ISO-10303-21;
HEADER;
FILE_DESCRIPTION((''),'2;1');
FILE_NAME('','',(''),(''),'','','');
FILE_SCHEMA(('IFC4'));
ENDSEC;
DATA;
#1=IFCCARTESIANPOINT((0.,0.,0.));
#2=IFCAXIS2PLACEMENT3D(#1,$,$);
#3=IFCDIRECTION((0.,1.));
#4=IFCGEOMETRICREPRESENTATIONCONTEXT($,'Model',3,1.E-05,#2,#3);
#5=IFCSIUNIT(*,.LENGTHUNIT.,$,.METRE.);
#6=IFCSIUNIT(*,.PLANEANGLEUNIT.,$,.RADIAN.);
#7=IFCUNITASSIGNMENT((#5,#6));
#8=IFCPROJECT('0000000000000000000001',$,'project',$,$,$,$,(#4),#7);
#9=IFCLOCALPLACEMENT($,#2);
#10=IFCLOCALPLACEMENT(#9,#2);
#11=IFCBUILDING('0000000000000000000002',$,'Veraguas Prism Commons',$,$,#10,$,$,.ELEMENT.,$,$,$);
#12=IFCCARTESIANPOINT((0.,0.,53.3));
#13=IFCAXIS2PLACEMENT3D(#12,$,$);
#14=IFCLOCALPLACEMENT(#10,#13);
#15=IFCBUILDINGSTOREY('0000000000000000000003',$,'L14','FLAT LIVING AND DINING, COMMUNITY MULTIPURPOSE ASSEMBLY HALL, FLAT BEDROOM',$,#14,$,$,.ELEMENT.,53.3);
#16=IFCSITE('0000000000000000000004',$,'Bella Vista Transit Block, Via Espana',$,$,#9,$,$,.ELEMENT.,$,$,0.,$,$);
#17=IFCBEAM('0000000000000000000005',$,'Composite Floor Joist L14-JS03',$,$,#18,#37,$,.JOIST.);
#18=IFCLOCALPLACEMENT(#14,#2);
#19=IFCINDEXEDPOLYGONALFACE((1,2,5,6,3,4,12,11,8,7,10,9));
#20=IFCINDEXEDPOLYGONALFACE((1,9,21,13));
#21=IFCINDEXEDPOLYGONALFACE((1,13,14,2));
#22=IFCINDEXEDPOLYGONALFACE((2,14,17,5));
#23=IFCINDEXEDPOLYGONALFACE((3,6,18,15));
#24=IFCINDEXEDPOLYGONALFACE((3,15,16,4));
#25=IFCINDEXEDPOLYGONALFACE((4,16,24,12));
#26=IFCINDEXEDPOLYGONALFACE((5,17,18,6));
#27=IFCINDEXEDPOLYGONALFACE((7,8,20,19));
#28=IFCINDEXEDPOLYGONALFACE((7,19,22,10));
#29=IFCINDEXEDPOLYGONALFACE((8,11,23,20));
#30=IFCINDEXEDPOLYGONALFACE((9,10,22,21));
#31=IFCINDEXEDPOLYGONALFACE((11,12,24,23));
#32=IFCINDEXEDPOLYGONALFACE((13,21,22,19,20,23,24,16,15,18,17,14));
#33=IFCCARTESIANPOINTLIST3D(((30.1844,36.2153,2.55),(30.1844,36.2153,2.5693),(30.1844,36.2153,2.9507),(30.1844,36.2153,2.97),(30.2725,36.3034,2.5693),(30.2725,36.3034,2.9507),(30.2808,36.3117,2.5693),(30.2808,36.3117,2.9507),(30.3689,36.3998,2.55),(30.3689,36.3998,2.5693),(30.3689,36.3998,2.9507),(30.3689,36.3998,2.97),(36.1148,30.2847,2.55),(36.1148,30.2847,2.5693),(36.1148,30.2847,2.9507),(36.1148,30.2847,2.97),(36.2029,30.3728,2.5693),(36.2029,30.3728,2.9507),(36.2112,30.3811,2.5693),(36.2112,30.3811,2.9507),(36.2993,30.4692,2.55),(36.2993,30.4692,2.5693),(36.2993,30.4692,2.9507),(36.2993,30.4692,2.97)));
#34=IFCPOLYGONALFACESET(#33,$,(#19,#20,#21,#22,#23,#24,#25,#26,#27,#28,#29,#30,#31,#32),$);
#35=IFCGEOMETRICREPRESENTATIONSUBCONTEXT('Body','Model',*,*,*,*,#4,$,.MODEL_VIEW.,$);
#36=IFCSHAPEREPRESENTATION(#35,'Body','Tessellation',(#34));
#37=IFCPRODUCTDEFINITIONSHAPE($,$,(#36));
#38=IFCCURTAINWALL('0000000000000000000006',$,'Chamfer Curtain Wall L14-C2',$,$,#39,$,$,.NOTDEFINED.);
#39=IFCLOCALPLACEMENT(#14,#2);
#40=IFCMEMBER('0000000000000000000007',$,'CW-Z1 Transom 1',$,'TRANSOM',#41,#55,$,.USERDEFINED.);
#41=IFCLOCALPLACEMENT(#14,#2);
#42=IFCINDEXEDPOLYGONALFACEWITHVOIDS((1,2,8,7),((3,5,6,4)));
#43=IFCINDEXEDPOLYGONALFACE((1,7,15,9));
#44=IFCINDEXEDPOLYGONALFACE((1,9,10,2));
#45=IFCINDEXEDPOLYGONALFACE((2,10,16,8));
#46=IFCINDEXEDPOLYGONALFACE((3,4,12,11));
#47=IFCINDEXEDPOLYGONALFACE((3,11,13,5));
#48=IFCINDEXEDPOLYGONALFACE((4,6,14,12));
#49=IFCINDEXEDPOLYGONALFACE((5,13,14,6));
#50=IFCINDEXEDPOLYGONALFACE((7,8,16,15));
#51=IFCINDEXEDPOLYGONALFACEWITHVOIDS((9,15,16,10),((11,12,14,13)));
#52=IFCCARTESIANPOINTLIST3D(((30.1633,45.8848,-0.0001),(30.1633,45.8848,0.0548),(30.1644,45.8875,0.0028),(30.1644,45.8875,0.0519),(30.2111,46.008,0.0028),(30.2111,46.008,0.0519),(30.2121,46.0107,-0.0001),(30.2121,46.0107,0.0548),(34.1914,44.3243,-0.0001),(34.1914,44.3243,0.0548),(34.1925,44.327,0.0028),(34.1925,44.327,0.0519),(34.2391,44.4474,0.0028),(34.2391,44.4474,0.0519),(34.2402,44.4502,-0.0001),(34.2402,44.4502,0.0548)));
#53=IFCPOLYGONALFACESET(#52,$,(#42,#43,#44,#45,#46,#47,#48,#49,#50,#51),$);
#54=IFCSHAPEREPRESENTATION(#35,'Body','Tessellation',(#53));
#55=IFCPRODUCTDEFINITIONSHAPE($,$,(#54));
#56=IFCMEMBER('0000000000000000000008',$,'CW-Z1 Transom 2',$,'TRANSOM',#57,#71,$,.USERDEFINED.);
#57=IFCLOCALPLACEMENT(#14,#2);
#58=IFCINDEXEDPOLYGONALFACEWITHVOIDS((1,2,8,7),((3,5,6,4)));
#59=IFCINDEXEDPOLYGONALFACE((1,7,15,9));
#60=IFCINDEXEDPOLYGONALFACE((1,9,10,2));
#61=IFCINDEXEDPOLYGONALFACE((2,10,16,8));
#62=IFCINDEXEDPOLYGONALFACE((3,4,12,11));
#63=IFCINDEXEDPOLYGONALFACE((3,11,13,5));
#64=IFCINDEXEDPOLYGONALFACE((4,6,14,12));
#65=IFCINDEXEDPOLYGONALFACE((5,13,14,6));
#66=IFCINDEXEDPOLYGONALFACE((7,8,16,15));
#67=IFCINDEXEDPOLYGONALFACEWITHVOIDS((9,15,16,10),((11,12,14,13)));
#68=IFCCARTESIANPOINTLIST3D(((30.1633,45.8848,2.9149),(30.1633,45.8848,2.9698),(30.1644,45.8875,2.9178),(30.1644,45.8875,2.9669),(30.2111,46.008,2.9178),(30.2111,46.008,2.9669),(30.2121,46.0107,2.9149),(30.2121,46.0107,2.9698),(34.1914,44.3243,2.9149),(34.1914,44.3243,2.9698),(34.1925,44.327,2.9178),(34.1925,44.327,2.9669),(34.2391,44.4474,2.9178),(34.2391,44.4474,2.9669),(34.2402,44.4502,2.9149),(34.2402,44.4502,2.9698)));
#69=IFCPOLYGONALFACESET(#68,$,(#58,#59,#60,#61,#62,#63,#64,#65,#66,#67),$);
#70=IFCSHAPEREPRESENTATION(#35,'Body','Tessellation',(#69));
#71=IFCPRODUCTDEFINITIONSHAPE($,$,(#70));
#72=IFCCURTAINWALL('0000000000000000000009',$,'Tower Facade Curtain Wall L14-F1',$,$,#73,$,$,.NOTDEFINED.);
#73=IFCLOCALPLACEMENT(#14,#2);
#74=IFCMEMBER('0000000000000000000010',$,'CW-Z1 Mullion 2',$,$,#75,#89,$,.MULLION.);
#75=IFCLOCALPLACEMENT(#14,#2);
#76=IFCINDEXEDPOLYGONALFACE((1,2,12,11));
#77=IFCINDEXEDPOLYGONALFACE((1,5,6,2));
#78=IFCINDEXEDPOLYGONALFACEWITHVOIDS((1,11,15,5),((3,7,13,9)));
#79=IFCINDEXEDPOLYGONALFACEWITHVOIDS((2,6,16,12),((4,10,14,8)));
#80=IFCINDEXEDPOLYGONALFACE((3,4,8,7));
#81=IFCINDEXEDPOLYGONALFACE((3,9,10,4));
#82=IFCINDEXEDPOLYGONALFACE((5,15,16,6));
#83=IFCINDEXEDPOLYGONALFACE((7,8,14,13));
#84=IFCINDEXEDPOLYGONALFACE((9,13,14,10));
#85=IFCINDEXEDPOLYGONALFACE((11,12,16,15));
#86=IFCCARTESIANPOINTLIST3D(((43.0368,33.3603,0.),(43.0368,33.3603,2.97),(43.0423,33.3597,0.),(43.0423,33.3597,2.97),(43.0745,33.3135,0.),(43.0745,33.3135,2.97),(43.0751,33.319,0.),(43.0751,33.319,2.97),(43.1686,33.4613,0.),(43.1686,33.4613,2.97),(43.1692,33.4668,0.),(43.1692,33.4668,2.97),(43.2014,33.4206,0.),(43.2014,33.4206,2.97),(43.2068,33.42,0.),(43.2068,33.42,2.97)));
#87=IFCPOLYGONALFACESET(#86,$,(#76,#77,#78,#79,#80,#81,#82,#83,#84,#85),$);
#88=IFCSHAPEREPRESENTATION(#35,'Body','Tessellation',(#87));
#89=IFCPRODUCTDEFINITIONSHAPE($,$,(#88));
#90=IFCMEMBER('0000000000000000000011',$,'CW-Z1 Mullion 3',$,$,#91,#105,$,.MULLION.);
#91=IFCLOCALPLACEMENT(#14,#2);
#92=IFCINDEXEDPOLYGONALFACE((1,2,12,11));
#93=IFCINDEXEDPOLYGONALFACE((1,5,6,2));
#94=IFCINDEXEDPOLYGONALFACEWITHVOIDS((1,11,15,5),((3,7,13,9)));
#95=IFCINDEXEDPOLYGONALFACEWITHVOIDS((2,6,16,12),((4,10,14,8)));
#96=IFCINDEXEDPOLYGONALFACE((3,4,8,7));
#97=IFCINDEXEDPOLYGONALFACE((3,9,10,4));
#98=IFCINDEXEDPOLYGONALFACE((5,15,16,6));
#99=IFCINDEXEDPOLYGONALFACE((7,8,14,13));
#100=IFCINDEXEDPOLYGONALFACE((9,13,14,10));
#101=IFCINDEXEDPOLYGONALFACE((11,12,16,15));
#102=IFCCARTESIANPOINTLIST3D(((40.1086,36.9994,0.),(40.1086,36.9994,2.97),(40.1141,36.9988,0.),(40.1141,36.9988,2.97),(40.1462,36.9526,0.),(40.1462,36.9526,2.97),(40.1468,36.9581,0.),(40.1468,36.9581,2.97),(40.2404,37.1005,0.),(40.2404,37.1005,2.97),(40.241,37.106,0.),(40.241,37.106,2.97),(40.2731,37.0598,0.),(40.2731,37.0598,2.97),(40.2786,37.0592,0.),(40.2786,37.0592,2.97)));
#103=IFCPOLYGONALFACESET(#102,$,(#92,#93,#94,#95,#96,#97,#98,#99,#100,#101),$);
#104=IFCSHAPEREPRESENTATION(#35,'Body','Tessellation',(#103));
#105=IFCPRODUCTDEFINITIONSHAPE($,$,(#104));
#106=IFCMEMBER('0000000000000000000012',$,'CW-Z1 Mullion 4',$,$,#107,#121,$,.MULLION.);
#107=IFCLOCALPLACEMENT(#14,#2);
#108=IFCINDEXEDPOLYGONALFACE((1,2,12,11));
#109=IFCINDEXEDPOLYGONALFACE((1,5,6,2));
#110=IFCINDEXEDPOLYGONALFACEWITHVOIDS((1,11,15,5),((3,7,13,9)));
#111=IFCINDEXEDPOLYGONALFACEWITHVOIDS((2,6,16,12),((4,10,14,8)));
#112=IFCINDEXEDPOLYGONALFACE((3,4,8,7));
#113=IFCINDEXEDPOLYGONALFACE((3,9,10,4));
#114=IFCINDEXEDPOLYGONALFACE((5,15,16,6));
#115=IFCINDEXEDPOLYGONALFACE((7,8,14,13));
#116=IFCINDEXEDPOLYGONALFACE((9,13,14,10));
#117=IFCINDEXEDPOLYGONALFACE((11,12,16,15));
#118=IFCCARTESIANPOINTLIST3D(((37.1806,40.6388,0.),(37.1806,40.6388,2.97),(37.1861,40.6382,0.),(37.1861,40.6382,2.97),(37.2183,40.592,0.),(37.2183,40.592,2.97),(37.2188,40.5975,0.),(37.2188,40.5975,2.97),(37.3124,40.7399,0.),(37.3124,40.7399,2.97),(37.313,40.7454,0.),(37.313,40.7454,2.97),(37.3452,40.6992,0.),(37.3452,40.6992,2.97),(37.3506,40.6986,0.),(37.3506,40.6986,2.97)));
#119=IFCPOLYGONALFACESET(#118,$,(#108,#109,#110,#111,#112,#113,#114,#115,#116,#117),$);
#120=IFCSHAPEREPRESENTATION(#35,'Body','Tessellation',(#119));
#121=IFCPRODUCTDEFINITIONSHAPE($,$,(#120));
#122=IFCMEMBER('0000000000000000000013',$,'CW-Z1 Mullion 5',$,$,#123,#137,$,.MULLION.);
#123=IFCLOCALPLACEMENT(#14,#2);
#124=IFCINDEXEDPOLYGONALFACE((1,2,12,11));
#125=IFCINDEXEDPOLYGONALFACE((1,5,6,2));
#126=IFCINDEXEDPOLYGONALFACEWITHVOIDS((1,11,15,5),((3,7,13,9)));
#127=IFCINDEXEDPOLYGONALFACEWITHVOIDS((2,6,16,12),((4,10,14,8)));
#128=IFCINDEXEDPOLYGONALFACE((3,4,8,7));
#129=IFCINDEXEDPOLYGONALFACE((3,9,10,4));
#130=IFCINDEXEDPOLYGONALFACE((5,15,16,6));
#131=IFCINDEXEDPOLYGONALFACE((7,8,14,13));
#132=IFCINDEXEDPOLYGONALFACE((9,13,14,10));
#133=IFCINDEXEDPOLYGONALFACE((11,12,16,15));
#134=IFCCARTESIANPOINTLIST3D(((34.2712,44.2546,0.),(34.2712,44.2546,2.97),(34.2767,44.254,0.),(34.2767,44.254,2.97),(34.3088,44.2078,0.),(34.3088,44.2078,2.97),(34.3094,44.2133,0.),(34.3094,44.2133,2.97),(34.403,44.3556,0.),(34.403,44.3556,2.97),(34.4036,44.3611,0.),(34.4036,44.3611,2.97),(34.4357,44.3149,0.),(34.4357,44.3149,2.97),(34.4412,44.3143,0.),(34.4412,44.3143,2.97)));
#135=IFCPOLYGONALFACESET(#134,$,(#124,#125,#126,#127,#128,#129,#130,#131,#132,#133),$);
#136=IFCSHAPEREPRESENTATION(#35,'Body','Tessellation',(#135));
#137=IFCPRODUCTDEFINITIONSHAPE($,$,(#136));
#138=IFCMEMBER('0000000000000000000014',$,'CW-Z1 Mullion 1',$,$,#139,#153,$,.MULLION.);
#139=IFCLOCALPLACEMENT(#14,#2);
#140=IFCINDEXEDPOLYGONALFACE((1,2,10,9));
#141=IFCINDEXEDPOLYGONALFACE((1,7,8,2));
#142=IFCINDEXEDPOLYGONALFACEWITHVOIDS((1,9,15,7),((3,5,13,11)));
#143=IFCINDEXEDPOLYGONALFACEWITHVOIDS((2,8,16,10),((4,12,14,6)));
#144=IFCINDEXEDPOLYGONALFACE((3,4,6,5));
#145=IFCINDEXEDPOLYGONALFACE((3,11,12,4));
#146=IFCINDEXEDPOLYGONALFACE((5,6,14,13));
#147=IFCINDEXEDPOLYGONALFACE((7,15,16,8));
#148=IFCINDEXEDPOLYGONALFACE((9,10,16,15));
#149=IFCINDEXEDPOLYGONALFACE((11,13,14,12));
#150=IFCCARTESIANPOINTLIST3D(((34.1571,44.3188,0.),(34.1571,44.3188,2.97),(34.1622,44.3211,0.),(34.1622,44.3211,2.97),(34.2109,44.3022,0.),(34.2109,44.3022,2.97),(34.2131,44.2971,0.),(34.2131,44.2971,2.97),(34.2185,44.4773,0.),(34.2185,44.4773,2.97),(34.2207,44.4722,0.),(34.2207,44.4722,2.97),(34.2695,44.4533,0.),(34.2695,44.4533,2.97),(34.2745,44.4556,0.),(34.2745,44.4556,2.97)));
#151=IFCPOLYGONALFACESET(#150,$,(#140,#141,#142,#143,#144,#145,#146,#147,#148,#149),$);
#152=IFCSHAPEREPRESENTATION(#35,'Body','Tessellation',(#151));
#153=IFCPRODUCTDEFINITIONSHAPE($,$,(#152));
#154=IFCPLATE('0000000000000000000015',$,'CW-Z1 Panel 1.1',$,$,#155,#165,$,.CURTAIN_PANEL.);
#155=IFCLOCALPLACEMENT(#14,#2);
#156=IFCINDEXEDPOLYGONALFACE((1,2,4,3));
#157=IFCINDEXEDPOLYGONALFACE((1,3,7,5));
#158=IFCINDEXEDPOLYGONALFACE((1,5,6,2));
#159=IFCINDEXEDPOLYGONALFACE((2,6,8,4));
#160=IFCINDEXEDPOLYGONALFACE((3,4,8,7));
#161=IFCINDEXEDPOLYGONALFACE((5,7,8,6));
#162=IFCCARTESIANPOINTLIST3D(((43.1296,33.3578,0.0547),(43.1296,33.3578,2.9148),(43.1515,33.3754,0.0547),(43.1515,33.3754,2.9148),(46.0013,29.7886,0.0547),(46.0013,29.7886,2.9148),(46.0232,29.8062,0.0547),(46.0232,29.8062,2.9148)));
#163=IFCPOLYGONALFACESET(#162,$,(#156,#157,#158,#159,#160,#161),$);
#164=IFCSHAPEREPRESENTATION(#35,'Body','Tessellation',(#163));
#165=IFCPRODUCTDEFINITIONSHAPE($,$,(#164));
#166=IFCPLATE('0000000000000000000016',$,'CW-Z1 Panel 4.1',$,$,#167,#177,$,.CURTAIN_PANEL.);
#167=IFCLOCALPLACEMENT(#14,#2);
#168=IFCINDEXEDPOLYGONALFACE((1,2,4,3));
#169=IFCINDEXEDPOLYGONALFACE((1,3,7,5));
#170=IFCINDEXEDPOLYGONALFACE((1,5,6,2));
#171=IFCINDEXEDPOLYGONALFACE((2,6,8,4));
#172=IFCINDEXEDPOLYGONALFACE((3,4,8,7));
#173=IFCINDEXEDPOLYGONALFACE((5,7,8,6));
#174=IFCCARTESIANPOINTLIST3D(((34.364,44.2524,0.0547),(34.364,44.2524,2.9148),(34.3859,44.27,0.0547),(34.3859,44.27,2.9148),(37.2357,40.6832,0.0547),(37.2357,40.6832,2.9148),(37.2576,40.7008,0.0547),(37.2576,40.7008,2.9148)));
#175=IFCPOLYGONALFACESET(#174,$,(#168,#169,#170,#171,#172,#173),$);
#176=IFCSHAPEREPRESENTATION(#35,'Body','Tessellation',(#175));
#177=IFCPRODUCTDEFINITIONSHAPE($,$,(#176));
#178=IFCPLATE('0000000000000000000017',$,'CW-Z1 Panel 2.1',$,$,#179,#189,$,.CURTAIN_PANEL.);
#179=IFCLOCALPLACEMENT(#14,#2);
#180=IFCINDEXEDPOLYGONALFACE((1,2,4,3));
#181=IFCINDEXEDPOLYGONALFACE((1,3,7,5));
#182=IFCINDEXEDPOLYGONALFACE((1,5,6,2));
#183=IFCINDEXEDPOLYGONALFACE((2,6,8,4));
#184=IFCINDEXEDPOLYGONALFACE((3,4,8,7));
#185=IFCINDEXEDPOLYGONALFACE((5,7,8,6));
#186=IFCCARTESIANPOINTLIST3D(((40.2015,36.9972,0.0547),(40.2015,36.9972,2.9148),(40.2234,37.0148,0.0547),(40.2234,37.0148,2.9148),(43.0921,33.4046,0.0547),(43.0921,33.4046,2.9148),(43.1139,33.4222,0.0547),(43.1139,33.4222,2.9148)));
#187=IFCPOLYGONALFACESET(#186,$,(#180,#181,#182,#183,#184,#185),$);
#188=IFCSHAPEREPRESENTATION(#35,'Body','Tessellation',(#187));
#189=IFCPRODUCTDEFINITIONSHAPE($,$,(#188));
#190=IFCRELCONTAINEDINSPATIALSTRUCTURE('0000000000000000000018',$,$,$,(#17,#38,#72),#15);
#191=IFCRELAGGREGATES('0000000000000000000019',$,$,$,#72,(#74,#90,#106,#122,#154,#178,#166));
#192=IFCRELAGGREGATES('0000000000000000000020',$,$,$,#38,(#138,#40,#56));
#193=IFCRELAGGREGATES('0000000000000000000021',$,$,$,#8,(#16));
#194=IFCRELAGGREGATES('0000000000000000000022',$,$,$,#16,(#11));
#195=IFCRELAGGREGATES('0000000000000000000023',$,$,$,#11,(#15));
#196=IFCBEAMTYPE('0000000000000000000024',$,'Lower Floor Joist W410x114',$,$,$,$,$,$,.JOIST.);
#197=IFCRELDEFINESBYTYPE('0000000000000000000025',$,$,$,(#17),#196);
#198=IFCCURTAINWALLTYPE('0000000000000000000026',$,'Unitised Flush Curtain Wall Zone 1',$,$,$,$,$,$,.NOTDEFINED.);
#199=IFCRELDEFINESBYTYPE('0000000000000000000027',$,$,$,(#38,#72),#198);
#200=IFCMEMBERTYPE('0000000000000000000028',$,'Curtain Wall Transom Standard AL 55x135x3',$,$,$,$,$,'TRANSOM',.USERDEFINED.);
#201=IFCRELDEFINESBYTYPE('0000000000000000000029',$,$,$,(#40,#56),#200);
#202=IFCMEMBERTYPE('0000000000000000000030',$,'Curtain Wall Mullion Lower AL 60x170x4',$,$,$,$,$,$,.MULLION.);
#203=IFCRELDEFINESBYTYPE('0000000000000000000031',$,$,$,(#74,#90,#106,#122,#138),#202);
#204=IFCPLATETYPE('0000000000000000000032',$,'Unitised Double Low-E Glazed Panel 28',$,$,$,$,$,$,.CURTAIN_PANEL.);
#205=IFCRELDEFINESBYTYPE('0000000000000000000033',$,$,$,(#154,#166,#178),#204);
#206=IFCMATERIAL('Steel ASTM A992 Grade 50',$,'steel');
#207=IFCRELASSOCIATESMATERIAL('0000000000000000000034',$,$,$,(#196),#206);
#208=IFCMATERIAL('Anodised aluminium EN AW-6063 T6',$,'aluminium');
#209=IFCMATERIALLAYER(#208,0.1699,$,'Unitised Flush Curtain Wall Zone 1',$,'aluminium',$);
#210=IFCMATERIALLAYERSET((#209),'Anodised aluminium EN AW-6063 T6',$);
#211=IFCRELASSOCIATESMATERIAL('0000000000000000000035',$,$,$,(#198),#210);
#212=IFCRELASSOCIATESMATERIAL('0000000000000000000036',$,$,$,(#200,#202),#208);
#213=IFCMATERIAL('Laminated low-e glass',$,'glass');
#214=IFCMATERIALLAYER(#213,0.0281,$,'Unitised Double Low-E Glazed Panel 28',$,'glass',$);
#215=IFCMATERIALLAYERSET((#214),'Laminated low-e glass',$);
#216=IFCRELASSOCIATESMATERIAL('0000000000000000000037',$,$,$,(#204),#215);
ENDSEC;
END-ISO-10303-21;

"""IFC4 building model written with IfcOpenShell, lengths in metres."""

from ifc_helpers import new_model, si_unit, direction, frame, origin, origin_2d, place, context, subcontext, project, spatial, rectangle, hollow_rectangle, i_section, extrude, source, transform, mapped, material, layer, layer_set, material_profile, profile_set, type_object, element, aggregate, save


model = new_model("IFC4")

# Units and contexts
model_context = context("Model", 3, precision=1e-05, world=origin(), true_north=direction((0.0, 1.0)))
body_context = subcontext(model_context, "Body", "Model", "MODEL_VIEW")
ifc_project = project(units=[si_unit("LENGTHUNIT", "METRE"), si_unit("PLANEANGLEUNIT", "RADIAN")], contexts=[model_context])

# Site, building, storey
site_placement = place(None, origin())
site = spatial("IfcSite", under=ifc_project, at=site_placement, Name="Bella Vista Transit Block, Via Espana", CompositionType="ELEMENT", RefElevation=0.0)
building_placement = place(site_placement, origin())
building = spatial("IfcBuilding", under=site, at=building_placement, Name="Veraguas Prism Commons", CompositionType="ELEMENT")
storey_placement = place(building_placement, frame((0.0, 0.0, 53.3)))
storey = spatial("IfcBuildingStorey", under=building, at=storey_placement, Name="L14", Description="FLAT LIVING AND DINING, COMMUNITY MULTIPURPOSE ASSEMBLY HALL, FLAT BEDROOM", CompositionType="ELEMENT", Elevation=53.3)

# Beam
ifc_material_1 = material(Name="Steel ASTM A992 Grade 50", Category="steel")
ifc_material_profile_1 = material_profile(ifc_material_1, i_section(OverallWidth=0.261, OverallDepth=0.4199, WebThickness=0.0117, FlangeThickness=0.0193, at=origin_2d()), Name="W410X114")
ifc_profile_set_1 = profile_set([ifc_material_profile_1], Name="Steel ASTM A992 Grade 50")
beam_type = type_object("IfcBeamType", Name="Lower Floor Joist W410x114", PredefinedType="JOIST", material=ifc_profile_set_1)
beam_placement = place(storey_placement, frame((36.207, 30.377, 2.76), z_axis=(-0.707092, 0.707121, 0.0), x_axis=(-0.707121, -0.707092, 0.0)))
element("IfcBeam", 1, at=beam_placement, inside=storey, type_object=beam_type, Name="Composite Floor Joist L14-JS03", PredefinedType="JOIST", context=body_context, shape_type="SweptSolid", body=[
    extrude(i_section(OverallWidth=0.261, OverallDepth=0.4199, WebThickness=0.0117, FlangeThickness=0.0193, at=origin_2d()), origin(), (0.0, 0.0, 1.0), 8.387),
])

# Curtain walls, members
ifc_material_2 = material(Name="Anodised aluminium EN AW-6063 T6", Category="aluminium")
ifc_layer_1 = layer(ifc_material_2, 0.1699, Name="Unitised Flush Curtain Wall Zone 1", Category="aluminium")
ifc_layer_set_1 = layer_set([ifc_layer_1], Name="Anodised aluminium EN AW-6063 T6")
curtain_wall_type = type_object("IfcCurtainWallType", Name="Unitised Flush Curtain Wall Zone 1", PredefinedType="NOTDEFINED", material=ifc_layer_set_1)
curtain_wall_1_placement = place(storey_placement, origin())
curtain_wall_1 = element("IfcCurtainWall", 2, at=curtain_wall_1_placement, inside=storey, type_object=curtain_wall_type, Name="Chamfer Curtain Wall L14-C2", PredefinedType="NOTDEFINED")
ifc_material_profile_2 = material_profile(ifc_material_2, hollow_rectangle(XDim=0.0549, YDim=0.135, WallThickness=0.0029, at=origin_2d()), Name="AL55X135X3")
ifc_profile_set_2 = profile_set([ifc_material_profile_2], Name="Anodised aluminium EN AW-6063 T6")
member_type_1 = type_object("IfcMemberType", Name="Curtain Wall Transom Standard AL 55x135x3", ElementType="TRANSOM", PredefinedType="USERDEFINED", material=ifc_profile_set_2)
shared_shape_1 = source(origin(), body_context, "Body", "SweptSolid", [
    extrude(hollow_rectangle(XDim=0.0549, YDim=0.135, WallThickness=0.0029, at=origin_2d()), origin(), (0.0, 0.0, 1.0), 4.3198),
])
member_1_placement = place(storey_placement, frame((34.2158, 44.3872, 0.0273), z_axis=(-0.932467, 0.361254, 0.0), x_axis=(0.0, 0.0, 1.0)))
member_1 = element("IfcMember", 3, at=member_1_placement, type_object=member_type_1, Name="CW-Z1 Transom 1", ObjectType="TRANSOM", PredefinedType="USERDEFINED", context=body_context, shape_type="MappedRepresentation", body=[
    mapped(shared_shape_1, transform((0.0, 0.0, 0.0), scale=1.0)),
])
member_2_placement = place(storey_placement, frame((34.2158, 44.3872, 2.9424), z_axis=(-0.932467, 0.361254, 0.0), x_axis=(0.0, 0.0, 1.0)))
member_2 = element("IfcMember", 4, at=member_2_placement, type_object=member_type_1, Name="CW-Z1 Transom 2", ObjectType="TRANSOM", PredefinedType="USERDEFINED", context=body_context, shape_type="MappedRepresentation", body=[
    mapped(shared_shape_1, transform((0.0, 0.0, 0.0), scale=1.0)),
])
curtain_wall_2_placement = place(storey_placement, origin())
curtain_wall_2 = element("IfcCurtainWall", 5, at=curtain_wall_2_placement, inside=storey, type_object=curtain_wall_type, Name="Tower Facade Curtain Wall L14-F1", PredefinedType="NOTDEFINED")
ifc_material_profile_3 = material_profile(ifc_material_2, hollow_rectangle(XDim=0.0601, YDim=0.1699, WallThickness=0.0039, at=origin_2d()), Name="AL60X170X4")
ifc_profile_set_3 = profile_set([ifc_material_profile_3], Name="Anodised aluminium EN AW-6063 T6")
member_type_2 = type_object("IfcMemberType", Name="Curtain Wall Mullion Lower AL 60x170x4", PredefinedType="MULLION", material=ifc_profile_set_3)
shared_shape_2 = source(origin(), body_context, "Body", "SweptSolid", [
    extrude(hollow_rectangle(XDim=0.0601, YDim=0.1699, WallThickness=0.0039, at=origin_2d()), origin(), (0.0, 0.0, 1.0), 2.97),
])
member_3_placement = place(storey_placement, frame((43.1218, 33.3901, 0.0), z_axis=(0.0, 0.0, 1.0), x_axis=(-0.626873, 0.779121, 0.0)))
member_3 = element("IfcMember", 6, at=member_3_placement, type_object=member_type_2, Name="CW-Z1 Mullion 2", PredefinedType="MULLION", context=body_context, shape_type="MappedRepresentation", body=[
    mapped(shared_shape_2, transform((0.0, 0.0, 0.0), scale=1.0)),
])
member_4_placement = place(storey_placement, frame((40.1936, 37.0293, 0.0), z_axis=(0.0, 0.0, 1.0), x_axis=(-0.626873, 0.779121, 0.0)))
member_4 = element("IfcMember", 7, at=member_4_placement, type_object=member_type_2, Name="CW-Z1 Mullion 3", PredefinedType="MULLION", context=body_context, shape_type="MappedRepresentation", body=[
    mapped(shared_shape_2, transform((0.0, 0.0, 0.0), scale=1.0)),
])
member_5_placement = place(storey_placement, frame((37.2656, 40.6687, 0.0), z_axis=(0.0, 0.0, 1.0), x_axis=(-0.626873, 0.779121, 0.0)))
member_5 = element("IfcMember", 8, at=member_5_placement, type_object=member_type_2, Name="CW-Z1 Mullion 4", PredefinedType="MULLION", context=body_context, shape_type="MappedRepresentation", body=[
    mapped(shared_shape_2, transform((0.0, 0.0, 0.0), scale=1.0)),
])
member_6_placement = place(storey_placement, frame((34.3562, 44.2844, 0.0), z_axis=(0.0, 0.0, 1.0), x_axis=(-0.626873, 0.779121, 0.0)))
member_6 = element("IfcMember", 9, at=member_6_placement, type_object=member_type_2, Name="CW-Z1 Mullion 5", PredefinedType="MULLION", context=body_context, shape_type="MappedRepresentation", body=[
    mapped(shared_shape_2, transform((0.0, 0.0, 0.0), scale=1.0)),
])

# Member
member_7_placement = place(storey_placement, frame((34.2158, 44.3872, 0.0), z_axis=(0.0, 0.0, 1.0), x_axis=(-0.932459, 0.361276, 0.0)))
member_7 = element("IfcMember", 10, at=member_7_placement, type_object=member_type_2, Name="CW-Z1 Mullion 1", PredefinedType="MULLION", context=body_context, shape_type="MappedRepresentation", body=[
    mapped(shared_shape_2, transform((0.0, 0.0, 0.0), scale=1.0)),
])

# Plates
ifc_material_3 = material(Name="Laminated low-e glass", Category="glass")
ifc_layer_2 = layer(ifc_material_3, 0.0281, Name="Unitised Double Low-E Glazed Panel 28", Category="glass")
ifc_layer_set_2 = layer_set([ifc_layer_2], Name="Laminated low-e glass")
plate_type = type_object("IfcPlateType", Name="Unitised Double Low-E Glazed Panel 28", PredefinedType="CURTAIN_PANEL", material=ifc_layer_set_2)
shared_shape_3 = source(origin(), body_context, "Body", "SweptSolid", [
    extrude(rectangle(XDim=4.5811, YDim=0.0281, at=origin_2d()), origin(), (0.0, 0.0, 1.0), 2.8601),
])
plate_1_placement = place(storey_placement, frame((44.5764, 31.582, 0.0547), z_axis=(0.0, 0.0, 1.0), x_axis=(-0.626873, 0.779121, 0.0)))
plate_1 = element("IfcPlate", 11, at=plate_1_placement, type_object=plate_type, Name="CW-Z1 Panel 1.1", PredefinedType="CURTAIN_PANEL", context=body_context, shape_type="MappedRepresentation", body=[
    mapped(shared_shape_3, transform((0.0, 0.0, 0.0), scale=1.0)),
])
plate_2_placement = place(storey_placement, frame((35.8108, 42.4766, 0.0547), z_axis=(0.0, 0.0, 1.0), x_axis=(-0.626873, 0.779121, 0.0)))
plate_2 = element("IfcPlate", 12, at=plate_2_placement, type_object=plate_type, Name="CW-Z1 Panel 4.1", PredefinedType="CURTAIN_PANEL", context=body_context, shape_type="MappedRepresentation", body=[
    mapped(shared_shape_3, transform((0.0, 0.0, 0.0), scale=1.0)),
])
shared_shape_4 = source(origin(), body_context, "Body", "SweptSolid", [
    extrude(rectangle(XDim=4.6111, YDim=0.0281, at=origin_2d()), origin(), (0.0, 0.0, 1.0), 2.8601),
])
plate_3_placement = place(storey_placement, frame((41.6577, 35.2097, 0.0547), z_axis=(0.0, 0.0, 1.0), x_axis=(-0.626873, 0.779121, 0.0)))
plate_3 = element("IfcPlate", 13, at=plate_3_placement, type_object=plate_type, Name="CW-Z1 Panel 2.1", PredefinedType="CURTAIN_PANEL", context=body_context, shape_type="MappedRepresentation", body=[
    mapped(shared_shape_4, transform((0.0, 0.0, 0.0), scale=1.0)),
])
aggregate(curtain_wall_2, [member_3, member_4, member_5, member_6, plate_1, plate_3, plate_2])
aggregate(curtain_wall_1, [member_7, member_1, member_2])

save(model, "model.ifc")
